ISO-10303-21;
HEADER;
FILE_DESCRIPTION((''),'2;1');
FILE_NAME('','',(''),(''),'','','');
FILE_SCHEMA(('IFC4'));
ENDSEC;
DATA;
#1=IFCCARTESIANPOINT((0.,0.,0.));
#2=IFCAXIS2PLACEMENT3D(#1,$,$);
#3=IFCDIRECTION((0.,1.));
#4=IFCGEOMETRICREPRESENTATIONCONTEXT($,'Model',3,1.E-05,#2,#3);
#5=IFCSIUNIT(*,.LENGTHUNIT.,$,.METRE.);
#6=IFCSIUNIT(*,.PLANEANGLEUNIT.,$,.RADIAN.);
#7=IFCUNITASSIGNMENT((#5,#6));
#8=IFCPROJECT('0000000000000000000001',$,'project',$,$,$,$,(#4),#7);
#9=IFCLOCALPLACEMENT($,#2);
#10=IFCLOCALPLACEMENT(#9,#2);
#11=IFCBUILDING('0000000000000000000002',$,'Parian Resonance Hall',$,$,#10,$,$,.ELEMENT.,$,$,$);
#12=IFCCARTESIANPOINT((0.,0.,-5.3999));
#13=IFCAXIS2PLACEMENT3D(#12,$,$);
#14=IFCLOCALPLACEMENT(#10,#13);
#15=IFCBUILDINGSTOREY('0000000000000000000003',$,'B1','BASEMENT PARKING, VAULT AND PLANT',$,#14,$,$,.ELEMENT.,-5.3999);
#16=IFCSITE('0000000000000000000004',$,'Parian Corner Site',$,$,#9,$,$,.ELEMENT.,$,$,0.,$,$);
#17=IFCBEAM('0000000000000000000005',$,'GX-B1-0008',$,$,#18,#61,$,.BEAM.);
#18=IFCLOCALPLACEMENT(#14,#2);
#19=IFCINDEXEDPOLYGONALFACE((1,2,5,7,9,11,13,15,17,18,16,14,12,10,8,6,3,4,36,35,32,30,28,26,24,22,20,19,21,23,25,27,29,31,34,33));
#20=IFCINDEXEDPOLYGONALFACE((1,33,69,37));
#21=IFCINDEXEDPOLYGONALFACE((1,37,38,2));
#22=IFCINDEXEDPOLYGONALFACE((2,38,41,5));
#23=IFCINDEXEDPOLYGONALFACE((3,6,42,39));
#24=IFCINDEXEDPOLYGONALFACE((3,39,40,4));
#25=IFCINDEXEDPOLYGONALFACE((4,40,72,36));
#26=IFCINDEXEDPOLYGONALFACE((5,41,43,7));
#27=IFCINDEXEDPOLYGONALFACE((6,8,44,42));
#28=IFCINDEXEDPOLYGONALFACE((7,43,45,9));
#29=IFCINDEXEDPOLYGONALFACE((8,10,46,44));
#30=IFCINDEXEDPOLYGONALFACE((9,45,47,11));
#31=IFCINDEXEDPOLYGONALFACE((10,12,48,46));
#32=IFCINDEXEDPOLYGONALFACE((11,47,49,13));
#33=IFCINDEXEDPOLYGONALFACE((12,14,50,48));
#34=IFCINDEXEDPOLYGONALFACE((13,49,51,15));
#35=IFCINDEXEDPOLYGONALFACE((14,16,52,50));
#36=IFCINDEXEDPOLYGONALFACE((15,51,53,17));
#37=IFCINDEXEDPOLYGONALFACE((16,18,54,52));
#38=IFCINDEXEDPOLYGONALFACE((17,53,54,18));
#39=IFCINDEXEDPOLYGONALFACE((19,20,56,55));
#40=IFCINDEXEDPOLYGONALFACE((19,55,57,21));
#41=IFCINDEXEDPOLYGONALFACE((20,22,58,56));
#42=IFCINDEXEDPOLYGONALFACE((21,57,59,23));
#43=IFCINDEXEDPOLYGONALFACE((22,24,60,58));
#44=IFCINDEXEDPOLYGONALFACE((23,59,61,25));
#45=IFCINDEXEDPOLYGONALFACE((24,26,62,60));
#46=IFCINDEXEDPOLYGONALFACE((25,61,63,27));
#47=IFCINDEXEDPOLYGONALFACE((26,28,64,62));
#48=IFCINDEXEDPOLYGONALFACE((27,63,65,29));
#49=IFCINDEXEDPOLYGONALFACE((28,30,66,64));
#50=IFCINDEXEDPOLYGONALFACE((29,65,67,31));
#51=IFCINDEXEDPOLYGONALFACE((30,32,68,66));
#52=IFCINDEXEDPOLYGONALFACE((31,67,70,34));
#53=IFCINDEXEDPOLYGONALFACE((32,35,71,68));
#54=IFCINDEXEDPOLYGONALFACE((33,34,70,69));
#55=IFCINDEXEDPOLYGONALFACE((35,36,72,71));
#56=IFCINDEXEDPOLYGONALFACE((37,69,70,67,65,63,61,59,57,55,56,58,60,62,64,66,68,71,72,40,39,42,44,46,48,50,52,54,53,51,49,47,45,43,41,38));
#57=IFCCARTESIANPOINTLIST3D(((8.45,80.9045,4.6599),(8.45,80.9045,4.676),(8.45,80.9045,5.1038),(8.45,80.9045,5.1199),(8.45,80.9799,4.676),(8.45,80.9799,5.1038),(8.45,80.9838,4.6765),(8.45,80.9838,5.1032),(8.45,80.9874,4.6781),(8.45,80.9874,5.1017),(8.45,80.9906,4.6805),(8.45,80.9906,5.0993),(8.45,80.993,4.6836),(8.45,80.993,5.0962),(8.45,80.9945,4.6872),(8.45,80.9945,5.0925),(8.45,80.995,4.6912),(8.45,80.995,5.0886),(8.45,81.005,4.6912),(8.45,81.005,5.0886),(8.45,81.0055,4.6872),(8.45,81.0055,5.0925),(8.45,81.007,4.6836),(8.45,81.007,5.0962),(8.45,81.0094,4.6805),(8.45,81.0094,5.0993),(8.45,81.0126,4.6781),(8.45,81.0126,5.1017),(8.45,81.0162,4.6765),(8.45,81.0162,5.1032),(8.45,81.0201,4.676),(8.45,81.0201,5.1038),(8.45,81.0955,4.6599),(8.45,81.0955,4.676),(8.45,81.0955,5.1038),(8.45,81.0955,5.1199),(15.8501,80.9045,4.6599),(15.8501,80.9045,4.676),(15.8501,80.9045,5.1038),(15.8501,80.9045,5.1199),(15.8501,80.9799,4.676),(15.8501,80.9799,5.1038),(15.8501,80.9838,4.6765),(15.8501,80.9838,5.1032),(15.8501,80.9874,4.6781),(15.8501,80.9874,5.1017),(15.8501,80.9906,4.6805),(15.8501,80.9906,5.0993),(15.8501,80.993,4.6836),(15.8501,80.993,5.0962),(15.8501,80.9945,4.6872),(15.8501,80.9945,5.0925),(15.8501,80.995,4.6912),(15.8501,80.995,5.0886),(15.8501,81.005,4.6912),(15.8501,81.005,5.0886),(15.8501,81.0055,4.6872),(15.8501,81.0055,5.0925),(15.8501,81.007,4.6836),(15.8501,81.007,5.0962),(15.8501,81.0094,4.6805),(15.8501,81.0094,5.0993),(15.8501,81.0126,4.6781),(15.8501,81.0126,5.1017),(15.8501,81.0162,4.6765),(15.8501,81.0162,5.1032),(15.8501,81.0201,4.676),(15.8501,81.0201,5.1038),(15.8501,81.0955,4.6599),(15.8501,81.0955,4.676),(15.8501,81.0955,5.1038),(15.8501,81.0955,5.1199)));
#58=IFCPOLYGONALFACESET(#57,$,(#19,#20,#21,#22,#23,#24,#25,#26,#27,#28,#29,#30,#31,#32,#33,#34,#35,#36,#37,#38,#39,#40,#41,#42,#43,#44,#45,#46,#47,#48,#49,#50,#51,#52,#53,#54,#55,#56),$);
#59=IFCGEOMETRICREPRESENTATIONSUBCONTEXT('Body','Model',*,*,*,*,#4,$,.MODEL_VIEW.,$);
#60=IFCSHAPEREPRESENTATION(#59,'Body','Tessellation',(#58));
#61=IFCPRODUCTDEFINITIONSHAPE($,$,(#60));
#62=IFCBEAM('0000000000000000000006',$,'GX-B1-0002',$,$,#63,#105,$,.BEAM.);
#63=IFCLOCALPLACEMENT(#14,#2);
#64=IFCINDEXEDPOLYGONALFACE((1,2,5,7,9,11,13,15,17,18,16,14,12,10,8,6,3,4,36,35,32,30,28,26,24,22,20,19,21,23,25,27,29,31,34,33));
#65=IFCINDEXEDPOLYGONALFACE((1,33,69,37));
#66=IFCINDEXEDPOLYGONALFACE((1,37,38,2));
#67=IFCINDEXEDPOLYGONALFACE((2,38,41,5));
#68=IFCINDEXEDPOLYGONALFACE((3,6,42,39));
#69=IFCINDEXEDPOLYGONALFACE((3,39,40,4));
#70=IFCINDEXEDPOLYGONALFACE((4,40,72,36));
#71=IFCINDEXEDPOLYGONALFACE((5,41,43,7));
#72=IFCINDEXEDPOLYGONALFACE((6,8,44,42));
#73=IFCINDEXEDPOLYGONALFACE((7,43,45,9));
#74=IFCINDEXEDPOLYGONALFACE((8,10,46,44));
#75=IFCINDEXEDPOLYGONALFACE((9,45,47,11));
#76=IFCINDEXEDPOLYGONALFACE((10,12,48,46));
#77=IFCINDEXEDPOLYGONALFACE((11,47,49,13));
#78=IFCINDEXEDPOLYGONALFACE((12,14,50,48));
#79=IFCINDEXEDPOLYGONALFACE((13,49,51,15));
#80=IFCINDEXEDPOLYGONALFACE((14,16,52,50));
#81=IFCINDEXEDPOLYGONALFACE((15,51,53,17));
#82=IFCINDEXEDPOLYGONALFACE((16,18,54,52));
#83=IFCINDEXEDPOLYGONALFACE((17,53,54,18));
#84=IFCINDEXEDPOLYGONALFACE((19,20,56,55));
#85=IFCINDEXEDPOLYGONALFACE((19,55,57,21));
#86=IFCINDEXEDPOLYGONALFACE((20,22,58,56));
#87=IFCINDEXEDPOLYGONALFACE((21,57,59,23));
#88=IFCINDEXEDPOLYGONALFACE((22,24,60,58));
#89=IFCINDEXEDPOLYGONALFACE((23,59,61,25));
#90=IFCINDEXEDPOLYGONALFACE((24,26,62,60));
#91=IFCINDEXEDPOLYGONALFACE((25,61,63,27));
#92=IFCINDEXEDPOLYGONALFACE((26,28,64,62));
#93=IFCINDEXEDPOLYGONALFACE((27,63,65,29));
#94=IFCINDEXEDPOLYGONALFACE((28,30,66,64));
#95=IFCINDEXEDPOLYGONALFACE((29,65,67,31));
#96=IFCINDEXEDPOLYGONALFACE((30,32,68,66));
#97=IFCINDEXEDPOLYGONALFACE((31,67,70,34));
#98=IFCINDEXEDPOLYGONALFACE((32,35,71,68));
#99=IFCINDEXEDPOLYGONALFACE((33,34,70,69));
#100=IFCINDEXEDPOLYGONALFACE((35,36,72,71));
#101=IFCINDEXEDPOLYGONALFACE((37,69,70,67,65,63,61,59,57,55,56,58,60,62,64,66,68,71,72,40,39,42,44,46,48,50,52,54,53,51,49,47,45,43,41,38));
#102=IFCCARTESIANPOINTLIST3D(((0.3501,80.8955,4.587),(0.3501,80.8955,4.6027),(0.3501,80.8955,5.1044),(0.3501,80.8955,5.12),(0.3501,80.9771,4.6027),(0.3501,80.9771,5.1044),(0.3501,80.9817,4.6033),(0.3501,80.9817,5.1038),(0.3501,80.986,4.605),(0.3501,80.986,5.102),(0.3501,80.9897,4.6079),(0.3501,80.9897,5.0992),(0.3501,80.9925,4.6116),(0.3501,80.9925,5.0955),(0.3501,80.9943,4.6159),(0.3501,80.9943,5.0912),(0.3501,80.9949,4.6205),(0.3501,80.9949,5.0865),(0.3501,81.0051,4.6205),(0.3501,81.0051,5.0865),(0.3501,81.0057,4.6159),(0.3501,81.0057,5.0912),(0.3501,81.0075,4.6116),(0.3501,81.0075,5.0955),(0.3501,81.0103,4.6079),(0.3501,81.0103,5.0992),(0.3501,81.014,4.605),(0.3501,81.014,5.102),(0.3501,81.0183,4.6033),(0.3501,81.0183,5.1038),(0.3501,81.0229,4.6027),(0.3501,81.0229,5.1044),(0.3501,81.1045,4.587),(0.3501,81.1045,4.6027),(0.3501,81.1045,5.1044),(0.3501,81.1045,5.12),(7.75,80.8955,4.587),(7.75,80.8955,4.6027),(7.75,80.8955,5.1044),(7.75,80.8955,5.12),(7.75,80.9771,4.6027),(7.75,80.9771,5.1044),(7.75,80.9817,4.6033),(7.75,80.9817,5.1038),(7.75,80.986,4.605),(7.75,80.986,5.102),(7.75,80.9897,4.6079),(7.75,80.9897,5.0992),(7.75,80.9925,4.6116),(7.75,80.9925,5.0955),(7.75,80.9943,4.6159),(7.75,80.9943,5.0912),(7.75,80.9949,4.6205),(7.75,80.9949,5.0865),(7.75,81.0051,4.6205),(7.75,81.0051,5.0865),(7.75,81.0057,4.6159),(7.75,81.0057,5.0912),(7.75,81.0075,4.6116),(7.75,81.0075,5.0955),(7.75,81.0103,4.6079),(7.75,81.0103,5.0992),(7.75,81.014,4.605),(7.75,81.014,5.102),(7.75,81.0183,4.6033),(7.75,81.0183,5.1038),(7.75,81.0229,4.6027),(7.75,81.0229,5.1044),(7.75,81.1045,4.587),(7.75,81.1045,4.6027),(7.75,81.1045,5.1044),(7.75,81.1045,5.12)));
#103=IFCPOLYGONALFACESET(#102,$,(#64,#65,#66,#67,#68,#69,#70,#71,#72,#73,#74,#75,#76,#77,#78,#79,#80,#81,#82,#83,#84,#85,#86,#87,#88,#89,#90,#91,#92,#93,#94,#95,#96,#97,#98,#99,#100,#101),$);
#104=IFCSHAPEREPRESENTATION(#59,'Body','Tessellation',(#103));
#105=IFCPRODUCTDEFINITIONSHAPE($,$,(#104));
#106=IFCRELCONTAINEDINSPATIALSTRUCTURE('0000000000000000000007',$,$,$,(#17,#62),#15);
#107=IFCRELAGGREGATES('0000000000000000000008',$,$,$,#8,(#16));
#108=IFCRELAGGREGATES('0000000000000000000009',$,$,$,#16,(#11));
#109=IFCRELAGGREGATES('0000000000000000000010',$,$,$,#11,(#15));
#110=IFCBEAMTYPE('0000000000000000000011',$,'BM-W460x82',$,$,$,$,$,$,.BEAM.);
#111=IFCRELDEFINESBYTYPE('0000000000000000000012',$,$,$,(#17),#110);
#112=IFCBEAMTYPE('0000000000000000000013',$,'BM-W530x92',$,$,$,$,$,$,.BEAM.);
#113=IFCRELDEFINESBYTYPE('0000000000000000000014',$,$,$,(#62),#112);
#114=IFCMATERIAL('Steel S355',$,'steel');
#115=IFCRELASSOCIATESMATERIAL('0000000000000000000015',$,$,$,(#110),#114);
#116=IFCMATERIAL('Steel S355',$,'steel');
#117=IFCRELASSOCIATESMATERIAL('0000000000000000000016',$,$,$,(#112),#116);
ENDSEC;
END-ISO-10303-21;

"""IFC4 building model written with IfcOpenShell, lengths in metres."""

from ifc_helpers import new_model, si_unit, direction, frame, origin, origin_2d, place, context, subcontext, project, spatial, i_section, extrude, material, material_profile, profile_set, type_object, element, save


model = new_model("IFC4")

# Units and contexts
model_context = context("Model", 3, precision=1e-05, world=origin(), true_north=direction((0.0, 1.0)))
body_context = subcontext(model_context, "Body", "Model", "MODEL_VIEW")
ifc_project = project(units=[si_unit("LENGTHUNIT", "METRE"), si_unit("PLANEANGLEUNIT", "RADIAN")], contexts=[model_context])

# Site, building, storey
site_placement = place(None, origin())
site = spatial("IfcSite", under=ifc_project, at=site_placement, Name="Parian Corner Site", CompositionType="ELEMENT", RefElevation=0.0)
building_placement = place(site_placement, origin())
building = spatial("IfcBuilding", under=site, at=building_placement, Name="Parian Resonance Hall", CompositionType="ELEMENT")
storey_placement = place(building_placement, frame((0.0, 0.0, -5.3999)))
storey = spatial("IfcBuildingStorey", under=building, at=storey_placement, Name="B1", Description="BASEMENT PARKING, VAULT AND PLANT", CompositionType="ELEMENT", Elevation=-5.3999)

# Beams
ifc_material_1 = material(Name="Steel S355", Category="steel")
ifc_material_profile_1 = material_profile(ifc_material_1, i_section(OverallWidth=0.1909, OverallDepth=0.46, WebThickness=0.01, FlangeThickness=0.0161, FilletRadius=0.0151, at=origin_2d()), Name="W460x82")
ifc_profile_set_1 = profile_set([ifc_material_profile_1], Name="Steel S355")
beam_type_1 = type_object("IfcBeamType", Name="BM-W460x82", PredefinedType="BEAM", material=ifc_profile_set_1)
beam_1_placement = place(storey_placement, frame((8.45, 81.0, 4.8899), z_axis=(1.0, 0.0, 0.0), x_axis=(0.0, 1.0, 0.0)))
element("IfcBeam", 1, at=beam_1_placement, inside=storey, type_object=beam_type_1, Name="GX-B1-0008", PredefinedType="BEAM", context=body_context, shape_type="SweptSolid", body=[
    extrude(i_section(OverallWidth=0.1909, OverallDepth=0.46, WebThickness=0.01, FlangeThickness=0.0161, FilletRadius=0.0151, at=origin_2d()), origin(), (0.0, 0.0, 1.0), 7.4001),
])
ifc_material_2 = material(Name="Steel S355", Category="steel")
ifc_material_profile_2 = material_profile(ifc_material_2, i_section(OverallWidth=0.209, OverallDepth=0.533, WebThickness=0.0103, FlangeThickness=0.0156, FilletRadius=0.0178, at=origin_2d()), Name="W530x92")
ifc_profile_set_2 = profile_set([ifc_material_profile_2], Name="Steel S355")
beam_type_2 = type_object("IfcBeamType", Name="BM-W530x92", PredefinedType="BEAM", material=ifc_profile_set_2)
beam_2_placement = place(storey_placement, frame((0.3501, 81.0, 4.8535), z_axis=(1.0, 0.0, 0.0), x_axis=(0.0, 1.0, 0.0)))
element("IfcBeam", 2, at=beam_2_placement, inside=storey, type_object=beam_type_2, Name="GX-B1-0002", PredefinedType="BEAM", context=body_context, shape_type="SweptSolid", body=[
    extrude(i_section(OverallWidth=0.209, OverallDepth=0.533, WebThickness=0.0103, FlangeThickness=0.0156, FilletRadius=0.0178, at=origin_2d()), origin(), (0.0, 0.0, 1.0), 7.3999),
])

save(model, "model.ifc")
